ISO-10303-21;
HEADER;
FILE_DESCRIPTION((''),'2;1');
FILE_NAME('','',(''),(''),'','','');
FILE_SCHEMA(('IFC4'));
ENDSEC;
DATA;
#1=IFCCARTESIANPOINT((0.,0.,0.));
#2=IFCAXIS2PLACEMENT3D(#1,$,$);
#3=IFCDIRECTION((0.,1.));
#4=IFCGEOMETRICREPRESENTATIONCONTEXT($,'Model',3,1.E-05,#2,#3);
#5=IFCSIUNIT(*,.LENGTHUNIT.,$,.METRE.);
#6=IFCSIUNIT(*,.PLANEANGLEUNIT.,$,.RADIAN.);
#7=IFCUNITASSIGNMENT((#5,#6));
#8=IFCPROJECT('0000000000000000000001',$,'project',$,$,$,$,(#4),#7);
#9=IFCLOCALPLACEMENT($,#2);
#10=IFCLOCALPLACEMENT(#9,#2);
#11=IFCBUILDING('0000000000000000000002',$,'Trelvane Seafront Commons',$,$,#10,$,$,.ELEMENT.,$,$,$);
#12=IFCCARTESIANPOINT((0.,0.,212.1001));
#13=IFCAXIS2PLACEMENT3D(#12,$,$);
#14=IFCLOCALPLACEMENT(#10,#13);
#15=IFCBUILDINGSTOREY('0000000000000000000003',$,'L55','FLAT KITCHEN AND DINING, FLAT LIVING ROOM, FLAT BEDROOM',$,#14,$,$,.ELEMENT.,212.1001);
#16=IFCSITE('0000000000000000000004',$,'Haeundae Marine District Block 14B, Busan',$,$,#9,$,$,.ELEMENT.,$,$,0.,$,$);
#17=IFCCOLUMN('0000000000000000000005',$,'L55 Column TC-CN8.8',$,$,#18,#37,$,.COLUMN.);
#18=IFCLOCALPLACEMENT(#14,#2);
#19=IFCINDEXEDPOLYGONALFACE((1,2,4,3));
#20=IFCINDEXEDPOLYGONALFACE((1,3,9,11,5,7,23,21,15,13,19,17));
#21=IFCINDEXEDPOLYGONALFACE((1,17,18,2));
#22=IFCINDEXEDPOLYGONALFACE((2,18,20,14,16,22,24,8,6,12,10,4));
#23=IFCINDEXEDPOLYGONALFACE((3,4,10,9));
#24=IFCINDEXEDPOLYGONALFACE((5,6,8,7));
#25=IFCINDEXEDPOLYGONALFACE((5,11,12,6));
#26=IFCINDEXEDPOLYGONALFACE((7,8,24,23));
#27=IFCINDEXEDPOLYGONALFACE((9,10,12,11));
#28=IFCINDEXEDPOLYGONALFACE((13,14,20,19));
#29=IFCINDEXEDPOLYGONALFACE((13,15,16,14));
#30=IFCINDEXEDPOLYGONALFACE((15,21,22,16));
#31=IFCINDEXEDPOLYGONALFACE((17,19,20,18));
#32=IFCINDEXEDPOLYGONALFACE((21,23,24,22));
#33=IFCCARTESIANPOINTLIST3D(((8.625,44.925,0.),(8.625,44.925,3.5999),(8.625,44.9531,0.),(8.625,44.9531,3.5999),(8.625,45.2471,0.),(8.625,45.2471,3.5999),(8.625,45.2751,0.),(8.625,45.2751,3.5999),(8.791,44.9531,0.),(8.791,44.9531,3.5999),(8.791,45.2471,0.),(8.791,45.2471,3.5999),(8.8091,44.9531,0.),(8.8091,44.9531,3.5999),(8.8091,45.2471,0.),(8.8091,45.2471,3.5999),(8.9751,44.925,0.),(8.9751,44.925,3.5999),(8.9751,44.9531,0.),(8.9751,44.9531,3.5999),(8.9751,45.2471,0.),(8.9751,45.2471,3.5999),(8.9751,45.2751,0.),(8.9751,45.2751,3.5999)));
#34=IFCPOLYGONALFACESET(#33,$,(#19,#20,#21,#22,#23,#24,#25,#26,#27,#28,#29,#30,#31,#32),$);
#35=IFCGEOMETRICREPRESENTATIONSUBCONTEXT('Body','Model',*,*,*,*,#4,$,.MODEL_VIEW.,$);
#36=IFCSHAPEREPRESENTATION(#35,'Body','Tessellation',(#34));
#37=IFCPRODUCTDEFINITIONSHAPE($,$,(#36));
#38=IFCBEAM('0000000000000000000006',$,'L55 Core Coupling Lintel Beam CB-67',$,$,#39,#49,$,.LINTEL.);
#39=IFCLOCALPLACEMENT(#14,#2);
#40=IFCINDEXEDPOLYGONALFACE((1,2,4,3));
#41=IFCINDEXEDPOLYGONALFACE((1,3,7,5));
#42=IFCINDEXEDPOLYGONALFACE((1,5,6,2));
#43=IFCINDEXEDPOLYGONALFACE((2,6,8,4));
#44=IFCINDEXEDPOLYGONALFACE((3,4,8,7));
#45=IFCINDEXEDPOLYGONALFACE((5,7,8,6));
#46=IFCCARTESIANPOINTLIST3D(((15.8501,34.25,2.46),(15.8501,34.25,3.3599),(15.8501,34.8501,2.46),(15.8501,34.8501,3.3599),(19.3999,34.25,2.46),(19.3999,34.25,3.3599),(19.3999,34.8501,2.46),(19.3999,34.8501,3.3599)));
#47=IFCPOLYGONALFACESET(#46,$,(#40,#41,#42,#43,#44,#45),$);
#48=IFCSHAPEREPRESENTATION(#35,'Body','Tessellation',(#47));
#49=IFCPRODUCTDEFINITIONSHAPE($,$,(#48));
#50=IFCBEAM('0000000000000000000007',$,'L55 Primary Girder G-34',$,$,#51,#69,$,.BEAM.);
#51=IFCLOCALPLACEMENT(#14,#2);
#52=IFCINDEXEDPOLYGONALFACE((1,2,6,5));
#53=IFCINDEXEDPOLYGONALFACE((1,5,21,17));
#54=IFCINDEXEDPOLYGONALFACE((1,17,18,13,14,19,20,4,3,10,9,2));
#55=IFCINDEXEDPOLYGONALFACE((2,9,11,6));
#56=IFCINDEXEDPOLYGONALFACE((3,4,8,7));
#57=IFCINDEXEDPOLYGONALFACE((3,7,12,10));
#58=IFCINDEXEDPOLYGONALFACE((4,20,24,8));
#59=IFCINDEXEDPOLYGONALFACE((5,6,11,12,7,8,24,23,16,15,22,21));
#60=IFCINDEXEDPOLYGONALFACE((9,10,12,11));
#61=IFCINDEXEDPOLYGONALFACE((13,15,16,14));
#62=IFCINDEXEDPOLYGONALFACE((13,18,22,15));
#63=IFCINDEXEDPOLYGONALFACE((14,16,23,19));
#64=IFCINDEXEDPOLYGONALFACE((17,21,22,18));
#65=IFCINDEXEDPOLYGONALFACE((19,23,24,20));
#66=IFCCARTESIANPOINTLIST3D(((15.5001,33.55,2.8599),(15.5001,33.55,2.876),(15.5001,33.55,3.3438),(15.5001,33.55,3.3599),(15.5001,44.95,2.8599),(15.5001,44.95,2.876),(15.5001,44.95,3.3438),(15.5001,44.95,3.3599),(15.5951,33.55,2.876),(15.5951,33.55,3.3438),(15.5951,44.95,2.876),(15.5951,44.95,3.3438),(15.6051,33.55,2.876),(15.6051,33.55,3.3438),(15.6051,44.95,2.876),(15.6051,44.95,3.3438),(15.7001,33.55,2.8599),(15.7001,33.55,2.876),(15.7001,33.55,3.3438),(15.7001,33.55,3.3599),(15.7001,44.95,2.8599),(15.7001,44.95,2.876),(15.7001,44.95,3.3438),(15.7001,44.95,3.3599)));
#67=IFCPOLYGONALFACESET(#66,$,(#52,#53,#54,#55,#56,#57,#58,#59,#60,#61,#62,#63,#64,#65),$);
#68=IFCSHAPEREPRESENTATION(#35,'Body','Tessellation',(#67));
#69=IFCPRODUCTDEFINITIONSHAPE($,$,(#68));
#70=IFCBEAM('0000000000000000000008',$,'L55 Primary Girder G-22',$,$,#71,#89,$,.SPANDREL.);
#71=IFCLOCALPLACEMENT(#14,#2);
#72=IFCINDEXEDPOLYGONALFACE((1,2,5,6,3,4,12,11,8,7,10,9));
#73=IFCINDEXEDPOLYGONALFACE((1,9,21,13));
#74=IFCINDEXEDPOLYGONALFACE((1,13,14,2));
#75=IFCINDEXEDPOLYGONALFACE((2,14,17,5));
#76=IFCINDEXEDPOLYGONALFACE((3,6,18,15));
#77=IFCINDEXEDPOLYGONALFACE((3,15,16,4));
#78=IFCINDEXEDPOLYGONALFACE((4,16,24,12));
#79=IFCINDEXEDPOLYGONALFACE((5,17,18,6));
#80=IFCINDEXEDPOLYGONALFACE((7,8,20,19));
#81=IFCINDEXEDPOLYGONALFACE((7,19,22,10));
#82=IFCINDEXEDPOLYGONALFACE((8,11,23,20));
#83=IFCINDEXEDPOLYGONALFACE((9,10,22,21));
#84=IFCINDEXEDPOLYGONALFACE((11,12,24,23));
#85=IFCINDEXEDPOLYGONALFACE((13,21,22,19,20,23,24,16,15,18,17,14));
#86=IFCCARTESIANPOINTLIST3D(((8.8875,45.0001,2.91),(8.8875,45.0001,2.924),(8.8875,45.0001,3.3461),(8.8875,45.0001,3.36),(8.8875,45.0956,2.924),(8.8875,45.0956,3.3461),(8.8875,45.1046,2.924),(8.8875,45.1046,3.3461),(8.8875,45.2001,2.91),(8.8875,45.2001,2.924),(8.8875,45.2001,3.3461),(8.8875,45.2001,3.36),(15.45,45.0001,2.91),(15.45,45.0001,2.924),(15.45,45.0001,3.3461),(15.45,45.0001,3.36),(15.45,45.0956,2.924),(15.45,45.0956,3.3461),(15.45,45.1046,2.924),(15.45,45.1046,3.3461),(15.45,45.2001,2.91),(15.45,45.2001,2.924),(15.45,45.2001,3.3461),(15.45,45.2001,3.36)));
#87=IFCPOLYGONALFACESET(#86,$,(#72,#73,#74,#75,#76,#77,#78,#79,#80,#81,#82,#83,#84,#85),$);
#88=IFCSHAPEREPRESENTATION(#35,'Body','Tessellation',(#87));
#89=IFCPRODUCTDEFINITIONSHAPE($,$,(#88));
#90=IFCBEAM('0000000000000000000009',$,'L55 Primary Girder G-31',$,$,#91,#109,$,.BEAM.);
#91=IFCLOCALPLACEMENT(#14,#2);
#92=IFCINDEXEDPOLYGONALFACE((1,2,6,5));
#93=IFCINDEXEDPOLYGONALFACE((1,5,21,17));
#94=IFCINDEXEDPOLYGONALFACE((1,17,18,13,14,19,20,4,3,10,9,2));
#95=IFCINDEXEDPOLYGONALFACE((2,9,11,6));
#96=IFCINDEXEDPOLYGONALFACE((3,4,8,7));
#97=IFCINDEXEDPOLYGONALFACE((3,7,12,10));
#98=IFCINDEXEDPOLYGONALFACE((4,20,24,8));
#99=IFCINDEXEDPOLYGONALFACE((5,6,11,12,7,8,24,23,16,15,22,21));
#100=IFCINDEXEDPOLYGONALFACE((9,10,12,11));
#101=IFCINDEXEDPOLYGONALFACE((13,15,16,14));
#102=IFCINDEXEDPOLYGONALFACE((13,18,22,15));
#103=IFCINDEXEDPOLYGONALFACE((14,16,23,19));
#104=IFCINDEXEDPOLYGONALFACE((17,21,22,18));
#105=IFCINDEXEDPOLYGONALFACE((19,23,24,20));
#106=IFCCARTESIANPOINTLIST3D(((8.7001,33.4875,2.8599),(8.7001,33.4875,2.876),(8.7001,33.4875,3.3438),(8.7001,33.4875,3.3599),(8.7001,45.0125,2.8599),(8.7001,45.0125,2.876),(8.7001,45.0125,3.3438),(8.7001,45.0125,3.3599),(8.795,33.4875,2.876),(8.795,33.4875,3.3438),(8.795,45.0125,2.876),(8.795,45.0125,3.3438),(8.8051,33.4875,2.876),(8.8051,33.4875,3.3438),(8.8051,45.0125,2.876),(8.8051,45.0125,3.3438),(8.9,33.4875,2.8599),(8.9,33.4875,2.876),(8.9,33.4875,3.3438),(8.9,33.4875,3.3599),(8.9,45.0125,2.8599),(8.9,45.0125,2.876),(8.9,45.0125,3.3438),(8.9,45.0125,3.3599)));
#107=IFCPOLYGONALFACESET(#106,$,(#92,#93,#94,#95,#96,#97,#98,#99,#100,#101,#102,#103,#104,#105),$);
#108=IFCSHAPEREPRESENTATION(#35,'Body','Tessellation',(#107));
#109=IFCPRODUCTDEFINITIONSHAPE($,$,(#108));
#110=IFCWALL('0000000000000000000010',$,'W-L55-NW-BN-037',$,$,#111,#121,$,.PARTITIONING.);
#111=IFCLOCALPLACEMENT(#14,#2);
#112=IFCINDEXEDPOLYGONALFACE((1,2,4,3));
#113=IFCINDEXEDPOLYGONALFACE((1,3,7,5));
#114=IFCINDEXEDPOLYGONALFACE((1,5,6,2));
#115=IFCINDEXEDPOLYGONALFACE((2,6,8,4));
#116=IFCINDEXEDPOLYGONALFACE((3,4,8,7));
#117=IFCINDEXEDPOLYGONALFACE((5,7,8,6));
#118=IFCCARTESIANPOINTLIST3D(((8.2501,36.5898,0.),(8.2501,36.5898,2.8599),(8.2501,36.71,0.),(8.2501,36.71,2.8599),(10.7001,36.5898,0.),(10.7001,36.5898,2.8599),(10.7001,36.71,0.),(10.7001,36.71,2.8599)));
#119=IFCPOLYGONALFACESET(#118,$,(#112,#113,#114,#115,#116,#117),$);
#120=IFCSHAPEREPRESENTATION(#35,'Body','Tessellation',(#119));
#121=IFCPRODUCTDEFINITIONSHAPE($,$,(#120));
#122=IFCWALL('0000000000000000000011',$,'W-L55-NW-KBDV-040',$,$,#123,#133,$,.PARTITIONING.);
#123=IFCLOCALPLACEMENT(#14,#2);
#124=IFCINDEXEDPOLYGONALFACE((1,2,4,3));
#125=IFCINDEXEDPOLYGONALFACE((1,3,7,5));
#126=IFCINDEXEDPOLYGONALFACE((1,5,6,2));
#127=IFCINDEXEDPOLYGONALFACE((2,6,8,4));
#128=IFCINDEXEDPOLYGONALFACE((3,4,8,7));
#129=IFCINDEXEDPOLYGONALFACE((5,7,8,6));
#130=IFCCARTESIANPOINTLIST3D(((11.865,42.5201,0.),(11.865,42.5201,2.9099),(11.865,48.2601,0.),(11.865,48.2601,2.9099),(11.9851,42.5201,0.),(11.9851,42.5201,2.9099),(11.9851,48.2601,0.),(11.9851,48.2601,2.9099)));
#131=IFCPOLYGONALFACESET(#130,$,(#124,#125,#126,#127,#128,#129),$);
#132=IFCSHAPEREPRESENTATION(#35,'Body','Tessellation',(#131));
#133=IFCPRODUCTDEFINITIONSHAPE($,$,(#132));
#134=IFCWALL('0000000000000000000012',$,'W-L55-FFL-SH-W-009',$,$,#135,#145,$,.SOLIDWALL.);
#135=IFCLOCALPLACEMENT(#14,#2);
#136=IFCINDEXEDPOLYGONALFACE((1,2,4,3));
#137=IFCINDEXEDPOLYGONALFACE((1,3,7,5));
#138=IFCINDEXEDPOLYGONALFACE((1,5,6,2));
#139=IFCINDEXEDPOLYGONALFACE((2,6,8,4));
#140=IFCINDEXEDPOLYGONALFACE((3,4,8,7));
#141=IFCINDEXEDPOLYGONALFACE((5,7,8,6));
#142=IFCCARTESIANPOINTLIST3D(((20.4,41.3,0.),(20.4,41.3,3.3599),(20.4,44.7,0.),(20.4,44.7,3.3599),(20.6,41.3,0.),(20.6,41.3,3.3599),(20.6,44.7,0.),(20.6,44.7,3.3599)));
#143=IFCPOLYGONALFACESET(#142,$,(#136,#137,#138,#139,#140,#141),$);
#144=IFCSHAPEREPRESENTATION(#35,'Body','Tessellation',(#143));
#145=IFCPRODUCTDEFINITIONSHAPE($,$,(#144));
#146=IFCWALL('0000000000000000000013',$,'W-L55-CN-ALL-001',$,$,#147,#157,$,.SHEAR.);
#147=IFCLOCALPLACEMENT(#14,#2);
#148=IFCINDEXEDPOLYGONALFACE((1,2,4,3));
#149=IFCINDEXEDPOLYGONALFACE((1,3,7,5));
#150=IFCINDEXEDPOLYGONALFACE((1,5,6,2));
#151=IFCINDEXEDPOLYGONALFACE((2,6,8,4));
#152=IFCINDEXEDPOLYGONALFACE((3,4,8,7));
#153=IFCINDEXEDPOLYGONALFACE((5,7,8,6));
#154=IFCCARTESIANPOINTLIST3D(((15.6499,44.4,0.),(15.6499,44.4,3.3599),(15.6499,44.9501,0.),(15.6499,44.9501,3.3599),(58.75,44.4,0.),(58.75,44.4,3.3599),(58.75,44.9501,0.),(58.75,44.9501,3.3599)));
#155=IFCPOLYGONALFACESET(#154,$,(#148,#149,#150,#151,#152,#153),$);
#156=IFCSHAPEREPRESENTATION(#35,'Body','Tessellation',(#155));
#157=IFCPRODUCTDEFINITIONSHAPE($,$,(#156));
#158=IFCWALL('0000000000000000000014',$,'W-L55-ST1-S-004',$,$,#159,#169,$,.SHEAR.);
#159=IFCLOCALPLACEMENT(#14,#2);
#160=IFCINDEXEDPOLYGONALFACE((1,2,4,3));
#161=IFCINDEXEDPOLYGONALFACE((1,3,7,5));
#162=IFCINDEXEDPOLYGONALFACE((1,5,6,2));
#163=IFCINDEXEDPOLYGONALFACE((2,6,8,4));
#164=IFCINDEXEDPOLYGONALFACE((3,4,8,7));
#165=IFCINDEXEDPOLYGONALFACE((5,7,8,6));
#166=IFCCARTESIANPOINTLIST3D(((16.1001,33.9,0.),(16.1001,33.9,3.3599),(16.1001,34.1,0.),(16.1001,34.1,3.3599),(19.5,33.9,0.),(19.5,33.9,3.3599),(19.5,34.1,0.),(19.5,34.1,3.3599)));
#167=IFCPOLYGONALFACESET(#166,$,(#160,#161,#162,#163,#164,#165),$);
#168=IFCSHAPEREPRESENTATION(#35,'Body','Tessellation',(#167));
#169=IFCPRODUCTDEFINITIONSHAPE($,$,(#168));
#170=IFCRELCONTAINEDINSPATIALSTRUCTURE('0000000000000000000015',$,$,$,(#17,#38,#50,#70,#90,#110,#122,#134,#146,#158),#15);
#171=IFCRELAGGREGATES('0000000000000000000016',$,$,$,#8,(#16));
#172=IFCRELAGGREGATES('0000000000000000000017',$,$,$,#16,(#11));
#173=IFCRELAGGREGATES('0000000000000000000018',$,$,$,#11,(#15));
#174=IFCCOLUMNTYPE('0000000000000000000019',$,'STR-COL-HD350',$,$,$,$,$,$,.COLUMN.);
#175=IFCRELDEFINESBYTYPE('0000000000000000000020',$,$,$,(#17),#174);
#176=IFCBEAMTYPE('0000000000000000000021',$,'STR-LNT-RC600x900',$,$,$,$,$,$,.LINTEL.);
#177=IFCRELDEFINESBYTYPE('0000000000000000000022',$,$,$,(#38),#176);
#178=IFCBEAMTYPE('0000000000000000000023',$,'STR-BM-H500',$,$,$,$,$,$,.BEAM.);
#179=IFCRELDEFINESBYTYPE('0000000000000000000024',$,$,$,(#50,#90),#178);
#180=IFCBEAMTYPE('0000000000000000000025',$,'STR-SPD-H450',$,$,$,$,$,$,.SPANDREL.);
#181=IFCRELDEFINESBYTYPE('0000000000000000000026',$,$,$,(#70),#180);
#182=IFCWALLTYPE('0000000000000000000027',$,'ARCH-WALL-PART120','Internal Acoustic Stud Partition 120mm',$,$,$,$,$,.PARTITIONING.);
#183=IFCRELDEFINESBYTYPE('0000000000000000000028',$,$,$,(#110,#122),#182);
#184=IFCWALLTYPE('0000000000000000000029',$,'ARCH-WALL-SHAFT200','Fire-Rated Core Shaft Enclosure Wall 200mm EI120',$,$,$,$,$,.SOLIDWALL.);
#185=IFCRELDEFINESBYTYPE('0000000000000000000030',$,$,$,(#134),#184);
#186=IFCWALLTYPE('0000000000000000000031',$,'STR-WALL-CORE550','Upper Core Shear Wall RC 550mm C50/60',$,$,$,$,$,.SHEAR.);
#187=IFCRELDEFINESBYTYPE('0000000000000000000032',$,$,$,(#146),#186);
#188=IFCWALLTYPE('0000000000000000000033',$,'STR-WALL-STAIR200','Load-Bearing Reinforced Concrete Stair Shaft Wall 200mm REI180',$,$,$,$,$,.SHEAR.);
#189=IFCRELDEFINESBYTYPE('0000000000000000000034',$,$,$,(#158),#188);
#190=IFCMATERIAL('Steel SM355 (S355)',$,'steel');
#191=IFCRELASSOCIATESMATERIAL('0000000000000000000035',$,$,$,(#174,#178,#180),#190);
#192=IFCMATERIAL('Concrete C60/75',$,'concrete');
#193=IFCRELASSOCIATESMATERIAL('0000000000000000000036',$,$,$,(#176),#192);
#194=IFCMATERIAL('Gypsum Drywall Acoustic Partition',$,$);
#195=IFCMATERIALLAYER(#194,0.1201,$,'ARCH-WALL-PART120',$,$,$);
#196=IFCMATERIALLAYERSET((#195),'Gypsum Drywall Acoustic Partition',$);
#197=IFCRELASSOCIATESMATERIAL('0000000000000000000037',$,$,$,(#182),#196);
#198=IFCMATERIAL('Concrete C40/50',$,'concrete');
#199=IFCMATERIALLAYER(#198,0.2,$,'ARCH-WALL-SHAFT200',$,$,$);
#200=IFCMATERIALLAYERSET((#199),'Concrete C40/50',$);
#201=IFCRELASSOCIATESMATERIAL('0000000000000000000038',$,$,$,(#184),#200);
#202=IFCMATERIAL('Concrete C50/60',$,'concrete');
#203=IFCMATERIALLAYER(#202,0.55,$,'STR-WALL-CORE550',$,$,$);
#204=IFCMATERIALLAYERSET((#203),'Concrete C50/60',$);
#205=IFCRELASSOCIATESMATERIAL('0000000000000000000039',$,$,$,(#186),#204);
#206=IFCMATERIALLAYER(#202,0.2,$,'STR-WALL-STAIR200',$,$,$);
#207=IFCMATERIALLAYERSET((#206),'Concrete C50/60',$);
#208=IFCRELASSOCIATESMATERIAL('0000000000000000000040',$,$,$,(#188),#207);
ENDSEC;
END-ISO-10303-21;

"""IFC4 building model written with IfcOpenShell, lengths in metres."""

from ifc_helpers import new_model, si_unit, direction, frame, frame_2d, origin, origin_2d, place, context, subcontext, project, spatial, rectangle, i_section, extrude, source, transform, mapped, material, layer, layer_set, material_profile, profile_set, type_object, element, save


model = new_model("IFC4")

# Units and contexts
model_context = context("Model", 3, precision=1e-05, world=origin(), true_north=direction((0.0, 1.0)))
body_context = subcontext(model_context, "Body", "Model", "MODEL_VIEW")
ifc_project = project(units=[si_unit("LENGTHUNIT", "METRE"), si_unit("PLANEANGLEUNIT", "RADIAN")], contexts=[model_context])

# Site, building, storey
site_placement = place(None, origin())
site = spatial("IfcSite", under=ifc_project, at=site_placement, Name="Haeundae Marine District Block 14B, Busan", CompositionType="ELEMENT", RefElevation=0.0)
building_placement = place(site_placement, origin())
building = spatial("IfcBuilding", under=site, at=building_placement, Name="Trelvane Seafront Commons", CompositionType="ELEMENT")
storey_placement = place(building_placement, frame((0.0, 0.0, 212.1001)))
storey = spatial("IfcBuildingStorey", under=building, at=storey_placement, Name="L55", Description="FLAT KITCHEN AND DINING, FLAT LIVING ROOM, FLAT BEDROOM", CompositionType="ELEMENT", Elevation=212.1001)

# Column
ifc_material_1 = material(Name="Steel SM355 (S355)", Category="steel")
ifc_material_profile_1 = material_profile(ifc_material_1, i_section(OverallWidth=0.3501, OverallDepth=0.3501, WebThickness=0.0181, FlangeThickness=0.0281, at=origin_2d()), Name="HD-350x350x18x28")
ifc_profile_set_1 = profile_set([ifc_material_profile_1], Name="Steel SM355 (S355)")
column_type = type_object("IfcColumnType", Name="STR-COL-HD350", PredefinedType="COLUMN", material=ifc_profile_set_1)
shared_shape_1 = source(origin(), body_context, "Body", "SweptSolid", [
    extrude(i_section(OverallWidth=0.3501, OverallDepth=0.3501, WebThickness=0.0181, FlangeThickness=0.0281, at=origin_2d()), origin(), (0.0, 0.0, 1.0), 3.5999),
])
column_placement = place(storey_placement, frame((8.8, 45.1001, 0.0), z_axis=(0.0, 0.0, 1.0), x_axis=(1.0, 0.0, 0.0)))
element("IfcColumn", 1, at=column_placement, inside=storey, type_object=column_type, Name="L55 Column TC-CN8.8", PredefinedType="COLUMN", context=body_context, shape_type="MappedRepresentation", body=[
    mapped(shared_shape_1, transform((0.0, 0.0, 0.0), x_axis=(1.0, 0.0, 0.0), y_axis=(0.0, 1.0, 0.0), z_axis=(0.0, 0.0, 1.0), scale=1.0)),
])

# Beams
ifc_material_2 = material(Name="Concrete C60/75", Category="concrete")
ifc_material_profile_2 = material_profile(ifc_material_2, rectangle(XDim=0.6001, YDim=0.8999, at=origin_2d()), Name="RC-600x900")
ifc_profile_set_2 = profile_set([ifc_material_profile_2], Name="Concrete C60/75")
beam_type_1 = type_object("IfcBeamType", Name="STR-LNT-RC600x900", PredefinedType="LINTEL", material=ifc_profile_set_2)
shared_shape_2 = source(origin(), body_context, "Body", "SweptSolid", [
    extrude(rectangle(XDim=0.6001, YDim=0.8999, at=origin_2d()), origin(), (0.0, 0.0, 1.0), 3.5498),
])
beam_1_placement = place(storey_placement, frame((15.8501, 34.55, 2.9099), z_axis=(1.0, 0.0, 0.0), x_axis=(0.0, 1.0, 0.0)))
element("IfcBeam", 2, at=beam_1_placement, inside=storey, type_object=beam_type_1, Name="L55 Core Coupling Lintel Beam CB-67", PredefinedType="LINTEL", context=body_context, shape_type="MappedRepresentation", body=[
    mapped(shared_shape_2, transform((0.0, 0.0, 0.0), x_axis=(1.0, 0.0, 0.0), y_axis=(0.0, 1.0, 0.0), z_axis=(0.0, 0.0, 1.0), scale=1.0)),
])
ifc_material_profile_3 = material_profile(ifc_material_1, i_section(OverallWidth=0.2, OverallDepth=0.5, WebThickness=0.01, FlangeThickness=0.0161, at=origin_2d()), Name="H-500x200x10x16")
ifc_profile_set_3 = profile_set([ifc_material_profile_3], Name="Steel SM355 (S355)")
beam_type_2 = type_object("IfcBeamType", Name="STR-BM-H500", PredefinedType="BEAM", material=ifc_profile_set_3)
shared_shape_3 = source(origin(), body_context, "Body", "SweptSolid", [
    extrude(i_section(OverallWidth=0.2, OverallDepth=0.5, WebThickness=0.01, FlangeThickness=0.0161, at=origin_2d()), origin(), (0.0, 0.0, 1.0), 11.3999),
])
beam_2_placement = place(storey_placement, frame((15.6001, 33.55, 3.1099), z_axis=(0.0, 1.0, 0.0), x_axis=(-1.0, 0.0, 0.0)))
element("IfcBeam", 3, at=beam_2_placement, inside=storey, type_object=beam_type_2, Name="L55 Primary Girder G-34", PredefinedType="BEAM", context=body_context, shape_type="MappedRepresentation", body=[
    mapped(shared_shape_3, transform((0.0, 0.0, 0.0), x_axis=(1.0, 0.0, 0.0), y_axis=(0.0, 1.0, 0.0), z_axis=(0.0, 0.0, 1.0), scale=1.0)),
])
ifc_material_profile_4 = material_profile(ifc_material_1, i_section(OverallWidth=0.2, OverallDepth=0.45, WebThickness=0.009, FlangeThickness=0.0139, at=origin_2d()), Name="H-450x200x9x14")
ifc_profile_set_4 = profile_set([ifc_material_profile_4], Name="Steel SM355 (S355)")
beam_type_3 = type_object("IfcBeamType", Name="STR-SPD-H450", PredefinedType="SPANDREL", material=ifc_profile_set_4)
shared_shape_4 = source(origin(), body_context, "Body", "SweptSolid", [
    extrude(i_section(OverallWidth=0.2, OverallDepth=0.45, WebThickness=0.009, FlangeThickness=0.0139, at=origin_2d()), origin(), (0.0, 0.0, 1.0), 6.5625),
])
beam_3_placement = place(storey_placement, frame((8.8875, 45.1001, 3.135), z_axis=(1.0, 0.0, 0.0), x_axis=(0.0, 1.0, 0.0)))
element("IfcBeam", 4, at=beam_3_placement, inside=storey, type_object=beam_type_3, Name="L55 Primary Girder G-22", PredefinedType="SPANDREL", context=body_context, shape_type="MappedRepresentation", body=[
    mapped(shared_shape_4, transform((0.0, 0.0, 0.0), x_axis=(1.0, 0.0, 0.0), y_axis=(0.0, 1.0, 0.0), z_axis=(0.0, 0.0, 1.0), scale=1.0)),
])
shared_shape_5 = source(origin(), body_context, "Body", "SweptSolid", [
    extrude(i_section(OverallWidth=0.2, OverallDepth=0.5, WebThickness=0.01, FlangeThickness=0.0161, at=origin_2d()), origin(), (0.0, 0.0, 1.0), 11.5249),
])
beam_4_placement = place(storey_placement, frame((8.8, 33.4875, 3.1099), z_axis=(0.0, 1.0, 0.0), x_axis=(-1.0, 0.0, 0.0)))
element("IfcBeam", 5, at=beam_4_placement, inside=storey, type_object=beam_type_2, Name="L55 Primary Girder G-31", PredefinedType="BEAM", context=body_context, shape_type="MappedRepresentation", body=[
    mapped(shared_shape_5, transform((0.0, 0.0, 0.0), x_axis=(1.0, 0.0, 0.0), y_axis=(0.0, 1.0, 0.0), z_axis=(0.0, 0.0, 1.0), scale=1.0)),
])

# Wall
ifc_material_3 = material(Name="Gypsum Drywall Acoustic Partition")
ifc_layer_1 = layer(ifc_material_3, 0.1201, Name="ARCH-WALL-PART120")
ifc_layer_set_1 = layer_set([ifc_layer_1], Name="Gypsum Drywall Acoustic Partition")
wall_type_1 = type_object("IfcWallType", Name="ARCH-WALL-PART120", Description="Internal Acoustic Stud Partition 120mm", PredefinedType="PARTITIONING", material=ifc_layer_set_1)
wall_1_placement = place(storey_placement, frame((8.25, 36.6499, 0.0), z_axis=(0.0, 0.0, 1.0), x_axis=(1.0, 0.0, 0.0)))
element("IfcWall", 6, at=wall_1_placement, inside=storey, type_object=wall_type_1, Name="W-L55-NW-BN-037", PredefinedType="PARTITIONING", context=body_context, shape_type="SweptSolid", body=[
    extrude(rectangle(XDim=2.45, YDim=0.1201, at=frame_2d((1.2251, 0.0))), origin(), (0.0, 0.0, 1.0), 2.8599),
])

# Wall
wall_2_placement = place(storey_placement, frame((11.925, 42.52, 0.0), z_axis=(0.0, 0.0, 1.0), x_axis=(0.0, 1.0, 0.0)))
element("IfcWall", 7, at=wall_2_placement, inside=storey, type_object=wall_type_1, Name="W-L55-NW-KBDV-040", PredefinedType="PARTITIONING", context=body_context, shape_type="SweptSolid", body=[
    extrude(rectangle(XDim=5.74, YDim=0.1201, at=frame_2d((2.8701, 0.0))), origin(), (0.0, 0.0, 1.0), 2.9099),
])

# Shared definitions
ifc_material_4 = material(Name="Concrete C40/50", Category="concrete")
ifc_layer_2 = layer(ifc_material_4, 0.2, Name="ARCH-WALL-SHAFT200")
ifc_layer_set_2 = layer_set([ifc_layer_2], Name="Concrete C40/50")
wall_type_2 = type_object("IfcWallType", Name="ARCH-WALL-SHAFT200", Description="Fire-Rated Core Shaft Enclosure Wall 200mm EI120", PredefinedType="SOLIDWALL", material=ifc_layer_set_2)

# Walls
wall_3_placement = place(storey_placement, frame((20.5, 41.3, 0.0), z_axis=(0.0, 0.0, 1.0), x_axis=(0.0, 1.0, 0.0)))
element("IfcWall", 8, at=wall_3_placement, inside=storey, type_object=wall_type_2, Name="W-L55-FFL-SH-W-009", PredefinedType="SOLIDWALL", context=body_context, shape_type="SweptSolid", body=[
    extrude(rectangle(XDim=3.3999, YDim=0.2, at=frame_2d((1.7, 0.0))), origin(), (0.0, 0.0, 1.0), 3.3599),
])
ifc_material_5 = material(Name="Concrete C50/60", Category="concrete")
ifc_layer_3 = layer(ifc_material_5, 0.55, Name="STR-WALL-CORE550")
ifc_layer_set_3 = layer_set([ifc_layer_3], Name="Concrete C50/60")
wall_type_3 = type_object("IfcWallType", Name="STR-WALL-CORE550", Description="Upper Core Shear Wall RC 550mm C50/60", PredefinedType="SHEAR", material=ifc_layer_set_3)
wall_4_placement = place(storey_placement, frame((15.6499, 44.675, 0.0), z_axis=(0.0, 0.0, 1.0), x_axis=(1.0, 0.0, 0.0)))
element("IfcWall", 9, at=wall_4_placement, inside=storey, type_object=wall_type_3, Name="W-L55-CN-ALL-001", PredefinedType="SHEAR", context=body_context, shape_type="SweptSolid", body=[
    extrude(rectangle(XDim=43.1001, YDim=0.55, at=frame_2d((21.55, 0.0))), origin(), (0.0, 0.0, 1.0), 3.3599),
])
ifc_layer_4 = layer(ifc_material_5, 0.2, Name="STR-WALL-STAIR200")
ifc_layer_set_4 = layer_set([ifc_layer_4], Name="Concrete C50/60")
wall_type_4 = type_object("IfcWallType", Name="STR-WALL-STAIR200", Description="Load-Bearing Reinforced Concrete Stair Shaft Wall 200mm REI180", PredefinedType="SHEAR", material=ifc_layer_set_4)
wall_5_placement = place(storey_placement, frame((16.1001, 34.0, 0.0), z_axis=(0.0, 0.0, 1.0), x_axis=(1.0, 0.0, 0.0)))
element("IfcWall", 10, at=wall_5_placement, inside=storey, type_object=wall_type_4, Name="W-L55-ST1-S-004", PredefinedType="SHEAR", context=body_context, shape_type="SweptSolid", body=[
    extrude(rectangle(XDim=3.3999, YDim=0.2, at=frame_2d((1.7, 0.0))), origin(), (0.0, 0.0, 1.0), 3.3599),
])

save(model, "model.ifc")
